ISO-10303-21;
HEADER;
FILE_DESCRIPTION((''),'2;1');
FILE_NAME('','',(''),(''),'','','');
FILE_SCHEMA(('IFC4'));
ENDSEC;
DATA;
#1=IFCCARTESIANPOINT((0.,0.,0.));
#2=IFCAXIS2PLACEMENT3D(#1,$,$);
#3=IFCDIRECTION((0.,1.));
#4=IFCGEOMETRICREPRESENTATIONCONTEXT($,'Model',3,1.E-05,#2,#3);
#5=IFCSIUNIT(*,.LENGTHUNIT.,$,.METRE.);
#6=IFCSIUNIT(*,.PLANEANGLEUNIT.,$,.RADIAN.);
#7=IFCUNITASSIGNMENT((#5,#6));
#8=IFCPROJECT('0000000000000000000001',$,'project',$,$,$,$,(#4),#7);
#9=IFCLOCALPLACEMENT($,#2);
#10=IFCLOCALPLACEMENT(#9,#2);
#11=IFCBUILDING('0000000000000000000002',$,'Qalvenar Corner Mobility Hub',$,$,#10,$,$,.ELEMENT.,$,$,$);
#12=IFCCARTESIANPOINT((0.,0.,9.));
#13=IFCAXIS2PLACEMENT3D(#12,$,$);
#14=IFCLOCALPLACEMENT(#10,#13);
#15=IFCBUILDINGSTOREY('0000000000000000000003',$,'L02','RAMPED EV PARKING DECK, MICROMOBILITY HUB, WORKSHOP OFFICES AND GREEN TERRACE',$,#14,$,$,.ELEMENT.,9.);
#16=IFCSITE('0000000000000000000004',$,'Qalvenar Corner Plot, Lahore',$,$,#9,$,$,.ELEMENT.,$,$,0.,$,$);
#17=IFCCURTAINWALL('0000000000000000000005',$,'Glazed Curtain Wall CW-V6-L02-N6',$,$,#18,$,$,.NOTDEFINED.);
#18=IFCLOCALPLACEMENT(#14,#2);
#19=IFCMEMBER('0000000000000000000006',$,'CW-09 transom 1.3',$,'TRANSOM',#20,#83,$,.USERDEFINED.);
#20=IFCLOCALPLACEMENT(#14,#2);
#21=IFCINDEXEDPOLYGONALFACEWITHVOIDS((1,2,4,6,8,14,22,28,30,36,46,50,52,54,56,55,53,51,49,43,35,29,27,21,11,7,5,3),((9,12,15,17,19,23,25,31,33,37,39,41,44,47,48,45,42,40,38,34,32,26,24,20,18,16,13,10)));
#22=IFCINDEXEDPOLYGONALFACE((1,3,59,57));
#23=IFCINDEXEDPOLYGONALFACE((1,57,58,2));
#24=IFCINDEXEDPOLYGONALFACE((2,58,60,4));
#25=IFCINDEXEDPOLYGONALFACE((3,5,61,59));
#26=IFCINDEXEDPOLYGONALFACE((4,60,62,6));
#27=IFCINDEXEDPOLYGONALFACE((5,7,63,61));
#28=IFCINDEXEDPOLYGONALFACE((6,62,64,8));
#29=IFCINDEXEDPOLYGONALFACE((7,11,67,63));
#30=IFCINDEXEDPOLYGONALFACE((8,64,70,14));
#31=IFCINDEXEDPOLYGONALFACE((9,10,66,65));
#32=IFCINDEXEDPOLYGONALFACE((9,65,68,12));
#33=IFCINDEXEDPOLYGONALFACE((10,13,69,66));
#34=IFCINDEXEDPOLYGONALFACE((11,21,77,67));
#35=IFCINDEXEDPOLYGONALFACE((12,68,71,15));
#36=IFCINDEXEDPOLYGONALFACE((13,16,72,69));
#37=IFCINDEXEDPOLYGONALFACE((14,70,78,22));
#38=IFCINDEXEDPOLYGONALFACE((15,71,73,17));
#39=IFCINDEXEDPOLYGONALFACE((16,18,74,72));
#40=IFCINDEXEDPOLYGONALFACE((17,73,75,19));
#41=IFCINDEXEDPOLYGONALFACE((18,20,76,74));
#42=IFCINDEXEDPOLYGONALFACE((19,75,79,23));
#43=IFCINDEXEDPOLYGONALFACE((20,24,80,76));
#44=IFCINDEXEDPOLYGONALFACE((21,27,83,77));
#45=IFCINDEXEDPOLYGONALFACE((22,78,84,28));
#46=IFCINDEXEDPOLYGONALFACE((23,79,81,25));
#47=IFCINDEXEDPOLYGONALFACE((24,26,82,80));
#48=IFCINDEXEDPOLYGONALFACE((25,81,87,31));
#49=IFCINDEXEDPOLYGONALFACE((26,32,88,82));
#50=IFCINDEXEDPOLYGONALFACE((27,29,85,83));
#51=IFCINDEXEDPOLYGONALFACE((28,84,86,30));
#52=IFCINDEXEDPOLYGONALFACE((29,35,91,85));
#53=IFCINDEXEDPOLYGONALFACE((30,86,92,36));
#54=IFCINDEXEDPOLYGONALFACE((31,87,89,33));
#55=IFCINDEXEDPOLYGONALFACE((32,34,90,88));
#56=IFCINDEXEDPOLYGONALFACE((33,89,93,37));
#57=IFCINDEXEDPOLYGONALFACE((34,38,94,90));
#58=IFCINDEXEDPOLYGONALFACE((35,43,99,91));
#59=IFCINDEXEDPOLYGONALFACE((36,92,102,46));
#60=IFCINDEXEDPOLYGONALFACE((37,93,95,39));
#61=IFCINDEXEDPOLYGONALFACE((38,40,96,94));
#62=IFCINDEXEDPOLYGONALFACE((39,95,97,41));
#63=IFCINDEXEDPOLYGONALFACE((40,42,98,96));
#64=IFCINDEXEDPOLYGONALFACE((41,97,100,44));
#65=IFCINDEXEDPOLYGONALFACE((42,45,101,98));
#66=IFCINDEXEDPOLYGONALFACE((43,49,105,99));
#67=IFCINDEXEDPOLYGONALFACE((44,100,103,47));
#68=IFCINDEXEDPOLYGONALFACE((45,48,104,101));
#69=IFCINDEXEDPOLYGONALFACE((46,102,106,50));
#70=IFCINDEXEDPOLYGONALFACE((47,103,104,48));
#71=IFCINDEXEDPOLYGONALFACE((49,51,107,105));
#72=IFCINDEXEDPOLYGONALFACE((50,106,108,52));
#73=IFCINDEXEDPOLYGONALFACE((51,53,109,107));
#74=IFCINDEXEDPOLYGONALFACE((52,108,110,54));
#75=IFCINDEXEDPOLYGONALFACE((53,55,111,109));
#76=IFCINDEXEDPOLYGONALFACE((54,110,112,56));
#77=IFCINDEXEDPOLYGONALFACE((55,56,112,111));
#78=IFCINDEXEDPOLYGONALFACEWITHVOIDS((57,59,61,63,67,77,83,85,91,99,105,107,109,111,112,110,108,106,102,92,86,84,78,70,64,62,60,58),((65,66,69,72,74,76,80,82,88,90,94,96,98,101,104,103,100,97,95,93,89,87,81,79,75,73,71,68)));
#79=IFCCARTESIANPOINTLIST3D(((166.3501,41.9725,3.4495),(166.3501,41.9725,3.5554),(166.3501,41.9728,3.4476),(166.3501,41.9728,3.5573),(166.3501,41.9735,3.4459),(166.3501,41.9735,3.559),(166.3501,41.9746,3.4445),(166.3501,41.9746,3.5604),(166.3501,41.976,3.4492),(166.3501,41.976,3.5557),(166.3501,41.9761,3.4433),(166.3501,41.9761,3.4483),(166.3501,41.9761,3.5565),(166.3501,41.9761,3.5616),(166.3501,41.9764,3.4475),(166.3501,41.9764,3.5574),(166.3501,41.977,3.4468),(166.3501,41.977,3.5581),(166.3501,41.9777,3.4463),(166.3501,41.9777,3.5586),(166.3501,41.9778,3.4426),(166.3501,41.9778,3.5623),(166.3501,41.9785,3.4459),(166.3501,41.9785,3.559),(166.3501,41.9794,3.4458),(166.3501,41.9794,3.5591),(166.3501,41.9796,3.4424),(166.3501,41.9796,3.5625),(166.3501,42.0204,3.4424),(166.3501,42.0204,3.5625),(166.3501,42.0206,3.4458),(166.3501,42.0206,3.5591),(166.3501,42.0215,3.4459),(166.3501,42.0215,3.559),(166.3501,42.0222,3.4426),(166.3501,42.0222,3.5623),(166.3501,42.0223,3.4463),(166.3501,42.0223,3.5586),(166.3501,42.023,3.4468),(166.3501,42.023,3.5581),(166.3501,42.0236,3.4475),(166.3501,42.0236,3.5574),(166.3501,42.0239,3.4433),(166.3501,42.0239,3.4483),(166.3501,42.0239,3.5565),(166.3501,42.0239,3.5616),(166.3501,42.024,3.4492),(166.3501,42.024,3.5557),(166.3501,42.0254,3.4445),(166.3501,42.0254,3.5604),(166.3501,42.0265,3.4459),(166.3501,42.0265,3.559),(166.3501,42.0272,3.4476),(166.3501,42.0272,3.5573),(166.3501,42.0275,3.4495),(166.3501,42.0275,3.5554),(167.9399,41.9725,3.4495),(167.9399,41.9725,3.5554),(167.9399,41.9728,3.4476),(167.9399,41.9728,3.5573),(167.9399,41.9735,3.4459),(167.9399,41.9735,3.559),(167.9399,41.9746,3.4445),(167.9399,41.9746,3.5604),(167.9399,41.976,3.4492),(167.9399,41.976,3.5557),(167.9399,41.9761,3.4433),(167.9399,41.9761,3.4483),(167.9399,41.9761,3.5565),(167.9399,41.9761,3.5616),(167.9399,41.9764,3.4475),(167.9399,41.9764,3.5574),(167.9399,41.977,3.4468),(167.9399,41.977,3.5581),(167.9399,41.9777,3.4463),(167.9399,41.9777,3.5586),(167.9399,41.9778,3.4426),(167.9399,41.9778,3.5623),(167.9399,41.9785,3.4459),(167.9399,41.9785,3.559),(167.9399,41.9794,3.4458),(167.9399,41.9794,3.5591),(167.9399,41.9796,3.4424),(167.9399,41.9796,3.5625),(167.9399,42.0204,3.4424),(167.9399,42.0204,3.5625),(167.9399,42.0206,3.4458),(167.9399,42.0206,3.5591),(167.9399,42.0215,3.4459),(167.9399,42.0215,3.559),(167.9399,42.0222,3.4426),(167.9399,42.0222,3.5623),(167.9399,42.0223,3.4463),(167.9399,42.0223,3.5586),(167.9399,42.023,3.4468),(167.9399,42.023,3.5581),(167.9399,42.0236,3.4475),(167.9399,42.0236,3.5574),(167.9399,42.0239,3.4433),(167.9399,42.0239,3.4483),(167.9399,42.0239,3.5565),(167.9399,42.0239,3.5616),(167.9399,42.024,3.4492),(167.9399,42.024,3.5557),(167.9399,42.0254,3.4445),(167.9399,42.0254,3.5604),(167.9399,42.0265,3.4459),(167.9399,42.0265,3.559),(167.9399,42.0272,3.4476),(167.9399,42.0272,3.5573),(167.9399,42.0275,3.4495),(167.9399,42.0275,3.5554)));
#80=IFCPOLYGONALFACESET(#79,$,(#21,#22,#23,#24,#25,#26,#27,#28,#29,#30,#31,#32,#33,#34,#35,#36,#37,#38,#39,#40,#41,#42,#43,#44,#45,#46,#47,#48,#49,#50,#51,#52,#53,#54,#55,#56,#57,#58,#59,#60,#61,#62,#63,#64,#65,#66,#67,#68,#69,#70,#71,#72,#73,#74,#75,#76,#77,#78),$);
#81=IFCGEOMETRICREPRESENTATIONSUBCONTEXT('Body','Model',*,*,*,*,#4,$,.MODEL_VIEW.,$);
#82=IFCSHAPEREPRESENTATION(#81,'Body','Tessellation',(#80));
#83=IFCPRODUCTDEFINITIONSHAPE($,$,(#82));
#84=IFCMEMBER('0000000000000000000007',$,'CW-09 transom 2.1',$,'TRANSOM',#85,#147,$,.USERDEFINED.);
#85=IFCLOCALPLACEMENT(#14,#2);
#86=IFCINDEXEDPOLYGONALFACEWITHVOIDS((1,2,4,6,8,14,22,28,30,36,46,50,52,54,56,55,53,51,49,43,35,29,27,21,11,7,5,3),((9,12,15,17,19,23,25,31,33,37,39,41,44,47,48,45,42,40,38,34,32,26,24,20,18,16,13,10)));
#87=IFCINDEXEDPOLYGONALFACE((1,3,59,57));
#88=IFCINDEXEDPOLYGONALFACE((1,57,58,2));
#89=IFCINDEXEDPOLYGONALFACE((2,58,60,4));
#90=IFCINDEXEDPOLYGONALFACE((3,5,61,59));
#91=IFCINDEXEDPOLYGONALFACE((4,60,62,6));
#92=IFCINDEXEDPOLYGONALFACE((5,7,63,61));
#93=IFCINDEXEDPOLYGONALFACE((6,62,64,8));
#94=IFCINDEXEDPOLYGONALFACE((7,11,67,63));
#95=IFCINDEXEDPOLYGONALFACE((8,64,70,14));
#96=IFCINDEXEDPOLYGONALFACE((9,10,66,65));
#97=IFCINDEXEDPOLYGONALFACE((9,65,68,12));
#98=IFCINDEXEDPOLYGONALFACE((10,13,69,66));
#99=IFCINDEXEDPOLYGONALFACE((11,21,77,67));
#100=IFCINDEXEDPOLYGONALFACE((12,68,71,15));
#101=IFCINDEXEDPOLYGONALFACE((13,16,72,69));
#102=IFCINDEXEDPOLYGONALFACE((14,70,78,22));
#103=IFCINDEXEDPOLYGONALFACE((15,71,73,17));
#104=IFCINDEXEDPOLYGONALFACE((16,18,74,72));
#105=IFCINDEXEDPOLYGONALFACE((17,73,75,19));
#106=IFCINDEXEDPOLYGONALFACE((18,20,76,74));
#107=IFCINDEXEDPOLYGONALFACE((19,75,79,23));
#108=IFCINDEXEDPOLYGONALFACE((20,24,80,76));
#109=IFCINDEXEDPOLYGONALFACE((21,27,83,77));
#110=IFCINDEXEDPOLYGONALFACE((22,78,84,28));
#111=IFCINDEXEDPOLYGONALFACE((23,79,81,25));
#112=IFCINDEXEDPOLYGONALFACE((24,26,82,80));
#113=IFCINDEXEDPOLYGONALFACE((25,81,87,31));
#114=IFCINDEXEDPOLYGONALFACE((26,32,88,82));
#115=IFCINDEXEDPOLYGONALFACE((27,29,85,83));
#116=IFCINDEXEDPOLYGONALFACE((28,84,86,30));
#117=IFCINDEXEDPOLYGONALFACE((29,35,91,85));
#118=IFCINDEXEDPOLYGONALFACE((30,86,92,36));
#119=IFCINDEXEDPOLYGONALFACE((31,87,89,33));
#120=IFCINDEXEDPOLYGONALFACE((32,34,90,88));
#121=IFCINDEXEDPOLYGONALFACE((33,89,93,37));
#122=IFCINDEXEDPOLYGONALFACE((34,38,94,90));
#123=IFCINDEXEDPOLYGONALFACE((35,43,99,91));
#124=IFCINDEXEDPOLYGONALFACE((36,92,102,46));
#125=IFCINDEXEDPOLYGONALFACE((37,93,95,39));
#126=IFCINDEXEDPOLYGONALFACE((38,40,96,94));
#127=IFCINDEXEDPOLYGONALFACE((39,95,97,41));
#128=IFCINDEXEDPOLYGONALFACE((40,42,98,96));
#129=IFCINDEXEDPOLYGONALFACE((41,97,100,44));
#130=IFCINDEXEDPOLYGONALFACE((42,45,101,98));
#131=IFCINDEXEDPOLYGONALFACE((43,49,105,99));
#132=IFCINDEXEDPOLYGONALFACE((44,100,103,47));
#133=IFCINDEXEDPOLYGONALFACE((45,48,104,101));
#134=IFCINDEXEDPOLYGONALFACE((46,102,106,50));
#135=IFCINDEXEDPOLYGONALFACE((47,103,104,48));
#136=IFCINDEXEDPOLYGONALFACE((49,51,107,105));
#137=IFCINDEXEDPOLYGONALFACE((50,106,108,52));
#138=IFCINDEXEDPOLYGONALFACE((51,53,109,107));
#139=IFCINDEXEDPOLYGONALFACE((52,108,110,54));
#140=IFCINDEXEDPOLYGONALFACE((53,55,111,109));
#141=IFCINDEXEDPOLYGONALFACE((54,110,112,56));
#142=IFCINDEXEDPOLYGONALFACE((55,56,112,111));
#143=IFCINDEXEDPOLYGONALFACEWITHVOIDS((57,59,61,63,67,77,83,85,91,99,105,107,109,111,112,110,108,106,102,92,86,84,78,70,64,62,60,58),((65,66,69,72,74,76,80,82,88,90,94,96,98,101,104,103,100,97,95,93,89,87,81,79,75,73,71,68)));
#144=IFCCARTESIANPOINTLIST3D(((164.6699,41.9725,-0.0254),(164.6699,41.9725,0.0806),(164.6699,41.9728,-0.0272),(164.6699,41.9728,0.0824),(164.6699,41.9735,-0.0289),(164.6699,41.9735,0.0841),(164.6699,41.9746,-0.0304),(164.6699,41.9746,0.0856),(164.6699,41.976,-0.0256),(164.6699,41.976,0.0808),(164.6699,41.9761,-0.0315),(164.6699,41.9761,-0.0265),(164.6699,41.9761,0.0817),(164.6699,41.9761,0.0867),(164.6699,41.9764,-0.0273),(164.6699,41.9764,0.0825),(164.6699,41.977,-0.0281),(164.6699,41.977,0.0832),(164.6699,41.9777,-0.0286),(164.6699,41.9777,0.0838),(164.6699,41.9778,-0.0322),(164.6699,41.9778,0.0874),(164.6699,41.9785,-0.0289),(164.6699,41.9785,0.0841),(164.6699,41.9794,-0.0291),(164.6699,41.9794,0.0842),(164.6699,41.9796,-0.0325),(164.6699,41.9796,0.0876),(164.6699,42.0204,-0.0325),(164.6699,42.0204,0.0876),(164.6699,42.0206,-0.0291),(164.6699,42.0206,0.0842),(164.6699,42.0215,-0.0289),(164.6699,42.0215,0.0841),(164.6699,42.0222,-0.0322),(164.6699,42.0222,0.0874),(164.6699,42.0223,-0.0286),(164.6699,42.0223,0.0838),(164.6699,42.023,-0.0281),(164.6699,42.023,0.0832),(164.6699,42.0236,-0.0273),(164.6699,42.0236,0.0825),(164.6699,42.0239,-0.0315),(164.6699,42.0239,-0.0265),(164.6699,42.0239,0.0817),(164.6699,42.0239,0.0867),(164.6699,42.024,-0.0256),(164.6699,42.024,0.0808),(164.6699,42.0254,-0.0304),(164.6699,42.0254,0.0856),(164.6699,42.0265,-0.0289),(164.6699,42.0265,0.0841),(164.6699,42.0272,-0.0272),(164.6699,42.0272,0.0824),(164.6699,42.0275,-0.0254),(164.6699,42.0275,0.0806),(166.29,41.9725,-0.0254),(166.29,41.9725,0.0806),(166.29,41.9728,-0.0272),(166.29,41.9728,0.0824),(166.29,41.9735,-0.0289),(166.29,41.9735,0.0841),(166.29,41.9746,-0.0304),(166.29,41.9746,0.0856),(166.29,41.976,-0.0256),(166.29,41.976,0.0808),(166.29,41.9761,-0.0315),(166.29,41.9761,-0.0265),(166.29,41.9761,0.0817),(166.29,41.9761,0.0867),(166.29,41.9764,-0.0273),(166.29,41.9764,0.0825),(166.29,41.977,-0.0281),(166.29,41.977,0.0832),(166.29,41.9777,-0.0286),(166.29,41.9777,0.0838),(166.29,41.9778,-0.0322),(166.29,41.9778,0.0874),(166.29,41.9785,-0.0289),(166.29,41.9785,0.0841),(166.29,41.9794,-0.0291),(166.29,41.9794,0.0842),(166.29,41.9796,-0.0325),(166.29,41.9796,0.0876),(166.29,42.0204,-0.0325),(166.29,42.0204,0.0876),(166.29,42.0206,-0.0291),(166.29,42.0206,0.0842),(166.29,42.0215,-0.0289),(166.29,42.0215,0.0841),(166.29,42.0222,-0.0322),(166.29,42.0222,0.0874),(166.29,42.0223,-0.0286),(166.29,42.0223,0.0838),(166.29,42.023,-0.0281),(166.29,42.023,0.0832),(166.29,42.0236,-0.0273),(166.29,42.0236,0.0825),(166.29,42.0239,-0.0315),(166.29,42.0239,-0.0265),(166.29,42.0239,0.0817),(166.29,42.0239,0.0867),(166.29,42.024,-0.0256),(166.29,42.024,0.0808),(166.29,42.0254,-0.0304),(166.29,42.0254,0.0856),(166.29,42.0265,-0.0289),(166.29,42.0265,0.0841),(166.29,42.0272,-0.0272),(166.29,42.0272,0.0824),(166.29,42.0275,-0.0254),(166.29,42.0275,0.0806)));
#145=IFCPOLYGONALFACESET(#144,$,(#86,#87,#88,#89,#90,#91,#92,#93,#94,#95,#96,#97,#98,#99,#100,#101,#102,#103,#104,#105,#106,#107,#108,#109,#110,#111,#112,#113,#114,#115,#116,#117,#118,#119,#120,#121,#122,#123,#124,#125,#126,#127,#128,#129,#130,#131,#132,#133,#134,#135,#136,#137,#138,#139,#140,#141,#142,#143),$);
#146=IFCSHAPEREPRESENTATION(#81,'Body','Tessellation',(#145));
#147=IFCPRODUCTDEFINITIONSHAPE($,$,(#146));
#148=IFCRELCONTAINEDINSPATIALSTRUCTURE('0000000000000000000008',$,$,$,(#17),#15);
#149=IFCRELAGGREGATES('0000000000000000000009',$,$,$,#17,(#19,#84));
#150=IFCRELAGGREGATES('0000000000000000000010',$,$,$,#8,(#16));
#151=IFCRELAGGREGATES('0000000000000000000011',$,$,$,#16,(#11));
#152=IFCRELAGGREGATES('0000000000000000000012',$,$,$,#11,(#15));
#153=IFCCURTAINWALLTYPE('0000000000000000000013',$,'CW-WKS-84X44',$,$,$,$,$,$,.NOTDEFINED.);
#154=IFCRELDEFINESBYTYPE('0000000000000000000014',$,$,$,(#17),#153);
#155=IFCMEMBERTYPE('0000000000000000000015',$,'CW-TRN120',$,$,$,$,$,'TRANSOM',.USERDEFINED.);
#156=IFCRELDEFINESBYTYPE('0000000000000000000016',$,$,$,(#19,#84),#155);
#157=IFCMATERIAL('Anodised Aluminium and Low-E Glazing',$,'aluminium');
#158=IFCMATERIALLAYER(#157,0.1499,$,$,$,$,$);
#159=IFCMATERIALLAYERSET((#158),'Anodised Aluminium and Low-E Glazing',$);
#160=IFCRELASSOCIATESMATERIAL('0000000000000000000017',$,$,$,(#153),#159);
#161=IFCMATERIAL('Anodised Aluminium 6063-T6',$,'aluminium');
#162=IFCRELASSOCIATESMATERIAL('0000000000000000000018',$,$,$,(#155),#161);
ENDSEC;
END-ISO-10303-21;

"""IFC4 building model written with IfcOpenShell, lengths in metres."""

from ifc_helpers import new_model, si_unit, direction, frame, origin, origin_2d, place, context, subcontext, project, spatial, hollow_rectangle, extrude, material, layer, layer_set, material_profile, profile_set, type_object, element, aggregate, save


model = new_model("IFC4")

# Units and contexts
model_context = context("Model", 3, precision=1e-05, world=origin(), true_north=direction((0.0, 1.0)))
body_context = subcontext(model_context, "Body", "Model", "MODEL_VIEW")
ifc_project = project(units=[si_unit("LENGTHUNIT", "METRE"), si_unit("PLANEANGLEUNIT", "RADIAN")], contexts=[model_context])

# Site, building, storey
site_placement = place(None, origin())
site = spatial("IfcSite", under=ifc_project, at=site_placement, Name="Qalvenar Corner Plot, Lahore", CompositionType="ELEMENT", RefElevation=0.0)
building_placement = place(site_placement, origin())
building = spatial("IfcBuilding", under=site, at=building_placement, Name="Qalvenar Corner Mobility Hub", CompositionType="ELEMENT")
storey_placement = place(building_placement, frame((0.0, 0.0, 9.0)))
storey = spatial("IfcBuildingStorey", under=building, at=storey_placement, Name="L02", Description="RAMPED EV PARKING DECK, MICROMOBILITY HUB, WORKSHOP OFFICES AND GREEN TERRACE", CompositionType="ELEMENT", Elevation=9.0)

# Curtain wall, members
ifc_material_1 = material(Name="Anodised Aluminium and Low-E Glazing", Category="aluminium")
ifc_layer_1 = layer(ifc_material_1, 0.1499)
ifc_layer_set_1 = layer_set([ifc_layer_1], Name="Anodised Aluminium and Low-E Glazing")
curtain_wall_type = type_object("IfcCurtainWallType", Name="CW-WKS-84X44", PredefinedType="NOTDEFINED", material=ifc_layer_set_1)
curtain_wall_placement = place(storey_placement, origin())
curtain_wall = element("IfcCurtainWall", 1, at=curtain_wall_placement, inside=storey, type_object=curtain_wall_type, Name="Glazed Curtain Wall CW-V6-L02-N6", PredefinedType="NOTDEFINED")
ifc_material_2 = material(Name="Anodised Aluminium 6063-T6", Category="aluminium")
ifc_material_profile_1 = material_profile(ifc_material_2, hollow_rectangle(XDim=0.0549, YDim=0.1201, WallThickness=0.0034, InnerFilletRadius=0.0034, OuterFilletRadius=0.0071, at=origin_2d()), Name="RHS120x55x3.5")
ifc_profile_set_1 = profile_set([ifc_material_profile_1], Name="Anodised Aluminium 6063-T6")
member_type_1 = type_object("IfcMemberType", Name="CW-TRN120", ElementType="TRANSOM", PredefinedType="USERDEFINED", material=ifc_profile_set_1)
member_1_placement = place(storey_placement, frame((167.9399, 42.0, 3.5024), z_axis=(-1.0, 0.0, 0.0), x_axis=(0.0, -1.0, 0.0)))
member_1 = element("IfcMember", 2, at=member_1_placement, type_object=member_type_1, Name="CW-09 transom 1.3", ObjectType="TRANSOM", PredefinedType="USERDEFINED", context=body_context, shape_type="SweptSolid", body=[
    extrude(hollow_rectangle(XDim=0.0549, YDim=0.1201, WallThickness=0.0034, InnerFilletRadius=0.0034, OuterFilletRadius=0.0071, at=origin_2d()), origin(), (0.0, 0.0, 1.0), 1.5898),
])
member_2_placement = place(storey_placement, frame((166.29, 42.0, 0.0276), z_axis=(-1.0, 0.0, 0.0), x_axis=(0.0, -1.0, 0.0)))
member_2 = element("IfcMember", 3, at=member_2_placement, type_object=member_type_1, Name="CW-09 transom 2.1", ObjectType="TRANSOM", PredefinedType="USERDEFINED", context=body_context, shape_type="SweptSolid", body=[
    extrude(hollow_rectangle(XDim=0.0549, YDim=0.1201, WallThickness=0.0034, InnerFilletRadius=0.0034, OuterFilletRadius=0.0071, at=origin_2d()), origin(), (0.0, 0.0, 1.0), 1.6201),
])
aggregate(curtain_wall, [member_1, member_2])

save(model, "model.ifc")
